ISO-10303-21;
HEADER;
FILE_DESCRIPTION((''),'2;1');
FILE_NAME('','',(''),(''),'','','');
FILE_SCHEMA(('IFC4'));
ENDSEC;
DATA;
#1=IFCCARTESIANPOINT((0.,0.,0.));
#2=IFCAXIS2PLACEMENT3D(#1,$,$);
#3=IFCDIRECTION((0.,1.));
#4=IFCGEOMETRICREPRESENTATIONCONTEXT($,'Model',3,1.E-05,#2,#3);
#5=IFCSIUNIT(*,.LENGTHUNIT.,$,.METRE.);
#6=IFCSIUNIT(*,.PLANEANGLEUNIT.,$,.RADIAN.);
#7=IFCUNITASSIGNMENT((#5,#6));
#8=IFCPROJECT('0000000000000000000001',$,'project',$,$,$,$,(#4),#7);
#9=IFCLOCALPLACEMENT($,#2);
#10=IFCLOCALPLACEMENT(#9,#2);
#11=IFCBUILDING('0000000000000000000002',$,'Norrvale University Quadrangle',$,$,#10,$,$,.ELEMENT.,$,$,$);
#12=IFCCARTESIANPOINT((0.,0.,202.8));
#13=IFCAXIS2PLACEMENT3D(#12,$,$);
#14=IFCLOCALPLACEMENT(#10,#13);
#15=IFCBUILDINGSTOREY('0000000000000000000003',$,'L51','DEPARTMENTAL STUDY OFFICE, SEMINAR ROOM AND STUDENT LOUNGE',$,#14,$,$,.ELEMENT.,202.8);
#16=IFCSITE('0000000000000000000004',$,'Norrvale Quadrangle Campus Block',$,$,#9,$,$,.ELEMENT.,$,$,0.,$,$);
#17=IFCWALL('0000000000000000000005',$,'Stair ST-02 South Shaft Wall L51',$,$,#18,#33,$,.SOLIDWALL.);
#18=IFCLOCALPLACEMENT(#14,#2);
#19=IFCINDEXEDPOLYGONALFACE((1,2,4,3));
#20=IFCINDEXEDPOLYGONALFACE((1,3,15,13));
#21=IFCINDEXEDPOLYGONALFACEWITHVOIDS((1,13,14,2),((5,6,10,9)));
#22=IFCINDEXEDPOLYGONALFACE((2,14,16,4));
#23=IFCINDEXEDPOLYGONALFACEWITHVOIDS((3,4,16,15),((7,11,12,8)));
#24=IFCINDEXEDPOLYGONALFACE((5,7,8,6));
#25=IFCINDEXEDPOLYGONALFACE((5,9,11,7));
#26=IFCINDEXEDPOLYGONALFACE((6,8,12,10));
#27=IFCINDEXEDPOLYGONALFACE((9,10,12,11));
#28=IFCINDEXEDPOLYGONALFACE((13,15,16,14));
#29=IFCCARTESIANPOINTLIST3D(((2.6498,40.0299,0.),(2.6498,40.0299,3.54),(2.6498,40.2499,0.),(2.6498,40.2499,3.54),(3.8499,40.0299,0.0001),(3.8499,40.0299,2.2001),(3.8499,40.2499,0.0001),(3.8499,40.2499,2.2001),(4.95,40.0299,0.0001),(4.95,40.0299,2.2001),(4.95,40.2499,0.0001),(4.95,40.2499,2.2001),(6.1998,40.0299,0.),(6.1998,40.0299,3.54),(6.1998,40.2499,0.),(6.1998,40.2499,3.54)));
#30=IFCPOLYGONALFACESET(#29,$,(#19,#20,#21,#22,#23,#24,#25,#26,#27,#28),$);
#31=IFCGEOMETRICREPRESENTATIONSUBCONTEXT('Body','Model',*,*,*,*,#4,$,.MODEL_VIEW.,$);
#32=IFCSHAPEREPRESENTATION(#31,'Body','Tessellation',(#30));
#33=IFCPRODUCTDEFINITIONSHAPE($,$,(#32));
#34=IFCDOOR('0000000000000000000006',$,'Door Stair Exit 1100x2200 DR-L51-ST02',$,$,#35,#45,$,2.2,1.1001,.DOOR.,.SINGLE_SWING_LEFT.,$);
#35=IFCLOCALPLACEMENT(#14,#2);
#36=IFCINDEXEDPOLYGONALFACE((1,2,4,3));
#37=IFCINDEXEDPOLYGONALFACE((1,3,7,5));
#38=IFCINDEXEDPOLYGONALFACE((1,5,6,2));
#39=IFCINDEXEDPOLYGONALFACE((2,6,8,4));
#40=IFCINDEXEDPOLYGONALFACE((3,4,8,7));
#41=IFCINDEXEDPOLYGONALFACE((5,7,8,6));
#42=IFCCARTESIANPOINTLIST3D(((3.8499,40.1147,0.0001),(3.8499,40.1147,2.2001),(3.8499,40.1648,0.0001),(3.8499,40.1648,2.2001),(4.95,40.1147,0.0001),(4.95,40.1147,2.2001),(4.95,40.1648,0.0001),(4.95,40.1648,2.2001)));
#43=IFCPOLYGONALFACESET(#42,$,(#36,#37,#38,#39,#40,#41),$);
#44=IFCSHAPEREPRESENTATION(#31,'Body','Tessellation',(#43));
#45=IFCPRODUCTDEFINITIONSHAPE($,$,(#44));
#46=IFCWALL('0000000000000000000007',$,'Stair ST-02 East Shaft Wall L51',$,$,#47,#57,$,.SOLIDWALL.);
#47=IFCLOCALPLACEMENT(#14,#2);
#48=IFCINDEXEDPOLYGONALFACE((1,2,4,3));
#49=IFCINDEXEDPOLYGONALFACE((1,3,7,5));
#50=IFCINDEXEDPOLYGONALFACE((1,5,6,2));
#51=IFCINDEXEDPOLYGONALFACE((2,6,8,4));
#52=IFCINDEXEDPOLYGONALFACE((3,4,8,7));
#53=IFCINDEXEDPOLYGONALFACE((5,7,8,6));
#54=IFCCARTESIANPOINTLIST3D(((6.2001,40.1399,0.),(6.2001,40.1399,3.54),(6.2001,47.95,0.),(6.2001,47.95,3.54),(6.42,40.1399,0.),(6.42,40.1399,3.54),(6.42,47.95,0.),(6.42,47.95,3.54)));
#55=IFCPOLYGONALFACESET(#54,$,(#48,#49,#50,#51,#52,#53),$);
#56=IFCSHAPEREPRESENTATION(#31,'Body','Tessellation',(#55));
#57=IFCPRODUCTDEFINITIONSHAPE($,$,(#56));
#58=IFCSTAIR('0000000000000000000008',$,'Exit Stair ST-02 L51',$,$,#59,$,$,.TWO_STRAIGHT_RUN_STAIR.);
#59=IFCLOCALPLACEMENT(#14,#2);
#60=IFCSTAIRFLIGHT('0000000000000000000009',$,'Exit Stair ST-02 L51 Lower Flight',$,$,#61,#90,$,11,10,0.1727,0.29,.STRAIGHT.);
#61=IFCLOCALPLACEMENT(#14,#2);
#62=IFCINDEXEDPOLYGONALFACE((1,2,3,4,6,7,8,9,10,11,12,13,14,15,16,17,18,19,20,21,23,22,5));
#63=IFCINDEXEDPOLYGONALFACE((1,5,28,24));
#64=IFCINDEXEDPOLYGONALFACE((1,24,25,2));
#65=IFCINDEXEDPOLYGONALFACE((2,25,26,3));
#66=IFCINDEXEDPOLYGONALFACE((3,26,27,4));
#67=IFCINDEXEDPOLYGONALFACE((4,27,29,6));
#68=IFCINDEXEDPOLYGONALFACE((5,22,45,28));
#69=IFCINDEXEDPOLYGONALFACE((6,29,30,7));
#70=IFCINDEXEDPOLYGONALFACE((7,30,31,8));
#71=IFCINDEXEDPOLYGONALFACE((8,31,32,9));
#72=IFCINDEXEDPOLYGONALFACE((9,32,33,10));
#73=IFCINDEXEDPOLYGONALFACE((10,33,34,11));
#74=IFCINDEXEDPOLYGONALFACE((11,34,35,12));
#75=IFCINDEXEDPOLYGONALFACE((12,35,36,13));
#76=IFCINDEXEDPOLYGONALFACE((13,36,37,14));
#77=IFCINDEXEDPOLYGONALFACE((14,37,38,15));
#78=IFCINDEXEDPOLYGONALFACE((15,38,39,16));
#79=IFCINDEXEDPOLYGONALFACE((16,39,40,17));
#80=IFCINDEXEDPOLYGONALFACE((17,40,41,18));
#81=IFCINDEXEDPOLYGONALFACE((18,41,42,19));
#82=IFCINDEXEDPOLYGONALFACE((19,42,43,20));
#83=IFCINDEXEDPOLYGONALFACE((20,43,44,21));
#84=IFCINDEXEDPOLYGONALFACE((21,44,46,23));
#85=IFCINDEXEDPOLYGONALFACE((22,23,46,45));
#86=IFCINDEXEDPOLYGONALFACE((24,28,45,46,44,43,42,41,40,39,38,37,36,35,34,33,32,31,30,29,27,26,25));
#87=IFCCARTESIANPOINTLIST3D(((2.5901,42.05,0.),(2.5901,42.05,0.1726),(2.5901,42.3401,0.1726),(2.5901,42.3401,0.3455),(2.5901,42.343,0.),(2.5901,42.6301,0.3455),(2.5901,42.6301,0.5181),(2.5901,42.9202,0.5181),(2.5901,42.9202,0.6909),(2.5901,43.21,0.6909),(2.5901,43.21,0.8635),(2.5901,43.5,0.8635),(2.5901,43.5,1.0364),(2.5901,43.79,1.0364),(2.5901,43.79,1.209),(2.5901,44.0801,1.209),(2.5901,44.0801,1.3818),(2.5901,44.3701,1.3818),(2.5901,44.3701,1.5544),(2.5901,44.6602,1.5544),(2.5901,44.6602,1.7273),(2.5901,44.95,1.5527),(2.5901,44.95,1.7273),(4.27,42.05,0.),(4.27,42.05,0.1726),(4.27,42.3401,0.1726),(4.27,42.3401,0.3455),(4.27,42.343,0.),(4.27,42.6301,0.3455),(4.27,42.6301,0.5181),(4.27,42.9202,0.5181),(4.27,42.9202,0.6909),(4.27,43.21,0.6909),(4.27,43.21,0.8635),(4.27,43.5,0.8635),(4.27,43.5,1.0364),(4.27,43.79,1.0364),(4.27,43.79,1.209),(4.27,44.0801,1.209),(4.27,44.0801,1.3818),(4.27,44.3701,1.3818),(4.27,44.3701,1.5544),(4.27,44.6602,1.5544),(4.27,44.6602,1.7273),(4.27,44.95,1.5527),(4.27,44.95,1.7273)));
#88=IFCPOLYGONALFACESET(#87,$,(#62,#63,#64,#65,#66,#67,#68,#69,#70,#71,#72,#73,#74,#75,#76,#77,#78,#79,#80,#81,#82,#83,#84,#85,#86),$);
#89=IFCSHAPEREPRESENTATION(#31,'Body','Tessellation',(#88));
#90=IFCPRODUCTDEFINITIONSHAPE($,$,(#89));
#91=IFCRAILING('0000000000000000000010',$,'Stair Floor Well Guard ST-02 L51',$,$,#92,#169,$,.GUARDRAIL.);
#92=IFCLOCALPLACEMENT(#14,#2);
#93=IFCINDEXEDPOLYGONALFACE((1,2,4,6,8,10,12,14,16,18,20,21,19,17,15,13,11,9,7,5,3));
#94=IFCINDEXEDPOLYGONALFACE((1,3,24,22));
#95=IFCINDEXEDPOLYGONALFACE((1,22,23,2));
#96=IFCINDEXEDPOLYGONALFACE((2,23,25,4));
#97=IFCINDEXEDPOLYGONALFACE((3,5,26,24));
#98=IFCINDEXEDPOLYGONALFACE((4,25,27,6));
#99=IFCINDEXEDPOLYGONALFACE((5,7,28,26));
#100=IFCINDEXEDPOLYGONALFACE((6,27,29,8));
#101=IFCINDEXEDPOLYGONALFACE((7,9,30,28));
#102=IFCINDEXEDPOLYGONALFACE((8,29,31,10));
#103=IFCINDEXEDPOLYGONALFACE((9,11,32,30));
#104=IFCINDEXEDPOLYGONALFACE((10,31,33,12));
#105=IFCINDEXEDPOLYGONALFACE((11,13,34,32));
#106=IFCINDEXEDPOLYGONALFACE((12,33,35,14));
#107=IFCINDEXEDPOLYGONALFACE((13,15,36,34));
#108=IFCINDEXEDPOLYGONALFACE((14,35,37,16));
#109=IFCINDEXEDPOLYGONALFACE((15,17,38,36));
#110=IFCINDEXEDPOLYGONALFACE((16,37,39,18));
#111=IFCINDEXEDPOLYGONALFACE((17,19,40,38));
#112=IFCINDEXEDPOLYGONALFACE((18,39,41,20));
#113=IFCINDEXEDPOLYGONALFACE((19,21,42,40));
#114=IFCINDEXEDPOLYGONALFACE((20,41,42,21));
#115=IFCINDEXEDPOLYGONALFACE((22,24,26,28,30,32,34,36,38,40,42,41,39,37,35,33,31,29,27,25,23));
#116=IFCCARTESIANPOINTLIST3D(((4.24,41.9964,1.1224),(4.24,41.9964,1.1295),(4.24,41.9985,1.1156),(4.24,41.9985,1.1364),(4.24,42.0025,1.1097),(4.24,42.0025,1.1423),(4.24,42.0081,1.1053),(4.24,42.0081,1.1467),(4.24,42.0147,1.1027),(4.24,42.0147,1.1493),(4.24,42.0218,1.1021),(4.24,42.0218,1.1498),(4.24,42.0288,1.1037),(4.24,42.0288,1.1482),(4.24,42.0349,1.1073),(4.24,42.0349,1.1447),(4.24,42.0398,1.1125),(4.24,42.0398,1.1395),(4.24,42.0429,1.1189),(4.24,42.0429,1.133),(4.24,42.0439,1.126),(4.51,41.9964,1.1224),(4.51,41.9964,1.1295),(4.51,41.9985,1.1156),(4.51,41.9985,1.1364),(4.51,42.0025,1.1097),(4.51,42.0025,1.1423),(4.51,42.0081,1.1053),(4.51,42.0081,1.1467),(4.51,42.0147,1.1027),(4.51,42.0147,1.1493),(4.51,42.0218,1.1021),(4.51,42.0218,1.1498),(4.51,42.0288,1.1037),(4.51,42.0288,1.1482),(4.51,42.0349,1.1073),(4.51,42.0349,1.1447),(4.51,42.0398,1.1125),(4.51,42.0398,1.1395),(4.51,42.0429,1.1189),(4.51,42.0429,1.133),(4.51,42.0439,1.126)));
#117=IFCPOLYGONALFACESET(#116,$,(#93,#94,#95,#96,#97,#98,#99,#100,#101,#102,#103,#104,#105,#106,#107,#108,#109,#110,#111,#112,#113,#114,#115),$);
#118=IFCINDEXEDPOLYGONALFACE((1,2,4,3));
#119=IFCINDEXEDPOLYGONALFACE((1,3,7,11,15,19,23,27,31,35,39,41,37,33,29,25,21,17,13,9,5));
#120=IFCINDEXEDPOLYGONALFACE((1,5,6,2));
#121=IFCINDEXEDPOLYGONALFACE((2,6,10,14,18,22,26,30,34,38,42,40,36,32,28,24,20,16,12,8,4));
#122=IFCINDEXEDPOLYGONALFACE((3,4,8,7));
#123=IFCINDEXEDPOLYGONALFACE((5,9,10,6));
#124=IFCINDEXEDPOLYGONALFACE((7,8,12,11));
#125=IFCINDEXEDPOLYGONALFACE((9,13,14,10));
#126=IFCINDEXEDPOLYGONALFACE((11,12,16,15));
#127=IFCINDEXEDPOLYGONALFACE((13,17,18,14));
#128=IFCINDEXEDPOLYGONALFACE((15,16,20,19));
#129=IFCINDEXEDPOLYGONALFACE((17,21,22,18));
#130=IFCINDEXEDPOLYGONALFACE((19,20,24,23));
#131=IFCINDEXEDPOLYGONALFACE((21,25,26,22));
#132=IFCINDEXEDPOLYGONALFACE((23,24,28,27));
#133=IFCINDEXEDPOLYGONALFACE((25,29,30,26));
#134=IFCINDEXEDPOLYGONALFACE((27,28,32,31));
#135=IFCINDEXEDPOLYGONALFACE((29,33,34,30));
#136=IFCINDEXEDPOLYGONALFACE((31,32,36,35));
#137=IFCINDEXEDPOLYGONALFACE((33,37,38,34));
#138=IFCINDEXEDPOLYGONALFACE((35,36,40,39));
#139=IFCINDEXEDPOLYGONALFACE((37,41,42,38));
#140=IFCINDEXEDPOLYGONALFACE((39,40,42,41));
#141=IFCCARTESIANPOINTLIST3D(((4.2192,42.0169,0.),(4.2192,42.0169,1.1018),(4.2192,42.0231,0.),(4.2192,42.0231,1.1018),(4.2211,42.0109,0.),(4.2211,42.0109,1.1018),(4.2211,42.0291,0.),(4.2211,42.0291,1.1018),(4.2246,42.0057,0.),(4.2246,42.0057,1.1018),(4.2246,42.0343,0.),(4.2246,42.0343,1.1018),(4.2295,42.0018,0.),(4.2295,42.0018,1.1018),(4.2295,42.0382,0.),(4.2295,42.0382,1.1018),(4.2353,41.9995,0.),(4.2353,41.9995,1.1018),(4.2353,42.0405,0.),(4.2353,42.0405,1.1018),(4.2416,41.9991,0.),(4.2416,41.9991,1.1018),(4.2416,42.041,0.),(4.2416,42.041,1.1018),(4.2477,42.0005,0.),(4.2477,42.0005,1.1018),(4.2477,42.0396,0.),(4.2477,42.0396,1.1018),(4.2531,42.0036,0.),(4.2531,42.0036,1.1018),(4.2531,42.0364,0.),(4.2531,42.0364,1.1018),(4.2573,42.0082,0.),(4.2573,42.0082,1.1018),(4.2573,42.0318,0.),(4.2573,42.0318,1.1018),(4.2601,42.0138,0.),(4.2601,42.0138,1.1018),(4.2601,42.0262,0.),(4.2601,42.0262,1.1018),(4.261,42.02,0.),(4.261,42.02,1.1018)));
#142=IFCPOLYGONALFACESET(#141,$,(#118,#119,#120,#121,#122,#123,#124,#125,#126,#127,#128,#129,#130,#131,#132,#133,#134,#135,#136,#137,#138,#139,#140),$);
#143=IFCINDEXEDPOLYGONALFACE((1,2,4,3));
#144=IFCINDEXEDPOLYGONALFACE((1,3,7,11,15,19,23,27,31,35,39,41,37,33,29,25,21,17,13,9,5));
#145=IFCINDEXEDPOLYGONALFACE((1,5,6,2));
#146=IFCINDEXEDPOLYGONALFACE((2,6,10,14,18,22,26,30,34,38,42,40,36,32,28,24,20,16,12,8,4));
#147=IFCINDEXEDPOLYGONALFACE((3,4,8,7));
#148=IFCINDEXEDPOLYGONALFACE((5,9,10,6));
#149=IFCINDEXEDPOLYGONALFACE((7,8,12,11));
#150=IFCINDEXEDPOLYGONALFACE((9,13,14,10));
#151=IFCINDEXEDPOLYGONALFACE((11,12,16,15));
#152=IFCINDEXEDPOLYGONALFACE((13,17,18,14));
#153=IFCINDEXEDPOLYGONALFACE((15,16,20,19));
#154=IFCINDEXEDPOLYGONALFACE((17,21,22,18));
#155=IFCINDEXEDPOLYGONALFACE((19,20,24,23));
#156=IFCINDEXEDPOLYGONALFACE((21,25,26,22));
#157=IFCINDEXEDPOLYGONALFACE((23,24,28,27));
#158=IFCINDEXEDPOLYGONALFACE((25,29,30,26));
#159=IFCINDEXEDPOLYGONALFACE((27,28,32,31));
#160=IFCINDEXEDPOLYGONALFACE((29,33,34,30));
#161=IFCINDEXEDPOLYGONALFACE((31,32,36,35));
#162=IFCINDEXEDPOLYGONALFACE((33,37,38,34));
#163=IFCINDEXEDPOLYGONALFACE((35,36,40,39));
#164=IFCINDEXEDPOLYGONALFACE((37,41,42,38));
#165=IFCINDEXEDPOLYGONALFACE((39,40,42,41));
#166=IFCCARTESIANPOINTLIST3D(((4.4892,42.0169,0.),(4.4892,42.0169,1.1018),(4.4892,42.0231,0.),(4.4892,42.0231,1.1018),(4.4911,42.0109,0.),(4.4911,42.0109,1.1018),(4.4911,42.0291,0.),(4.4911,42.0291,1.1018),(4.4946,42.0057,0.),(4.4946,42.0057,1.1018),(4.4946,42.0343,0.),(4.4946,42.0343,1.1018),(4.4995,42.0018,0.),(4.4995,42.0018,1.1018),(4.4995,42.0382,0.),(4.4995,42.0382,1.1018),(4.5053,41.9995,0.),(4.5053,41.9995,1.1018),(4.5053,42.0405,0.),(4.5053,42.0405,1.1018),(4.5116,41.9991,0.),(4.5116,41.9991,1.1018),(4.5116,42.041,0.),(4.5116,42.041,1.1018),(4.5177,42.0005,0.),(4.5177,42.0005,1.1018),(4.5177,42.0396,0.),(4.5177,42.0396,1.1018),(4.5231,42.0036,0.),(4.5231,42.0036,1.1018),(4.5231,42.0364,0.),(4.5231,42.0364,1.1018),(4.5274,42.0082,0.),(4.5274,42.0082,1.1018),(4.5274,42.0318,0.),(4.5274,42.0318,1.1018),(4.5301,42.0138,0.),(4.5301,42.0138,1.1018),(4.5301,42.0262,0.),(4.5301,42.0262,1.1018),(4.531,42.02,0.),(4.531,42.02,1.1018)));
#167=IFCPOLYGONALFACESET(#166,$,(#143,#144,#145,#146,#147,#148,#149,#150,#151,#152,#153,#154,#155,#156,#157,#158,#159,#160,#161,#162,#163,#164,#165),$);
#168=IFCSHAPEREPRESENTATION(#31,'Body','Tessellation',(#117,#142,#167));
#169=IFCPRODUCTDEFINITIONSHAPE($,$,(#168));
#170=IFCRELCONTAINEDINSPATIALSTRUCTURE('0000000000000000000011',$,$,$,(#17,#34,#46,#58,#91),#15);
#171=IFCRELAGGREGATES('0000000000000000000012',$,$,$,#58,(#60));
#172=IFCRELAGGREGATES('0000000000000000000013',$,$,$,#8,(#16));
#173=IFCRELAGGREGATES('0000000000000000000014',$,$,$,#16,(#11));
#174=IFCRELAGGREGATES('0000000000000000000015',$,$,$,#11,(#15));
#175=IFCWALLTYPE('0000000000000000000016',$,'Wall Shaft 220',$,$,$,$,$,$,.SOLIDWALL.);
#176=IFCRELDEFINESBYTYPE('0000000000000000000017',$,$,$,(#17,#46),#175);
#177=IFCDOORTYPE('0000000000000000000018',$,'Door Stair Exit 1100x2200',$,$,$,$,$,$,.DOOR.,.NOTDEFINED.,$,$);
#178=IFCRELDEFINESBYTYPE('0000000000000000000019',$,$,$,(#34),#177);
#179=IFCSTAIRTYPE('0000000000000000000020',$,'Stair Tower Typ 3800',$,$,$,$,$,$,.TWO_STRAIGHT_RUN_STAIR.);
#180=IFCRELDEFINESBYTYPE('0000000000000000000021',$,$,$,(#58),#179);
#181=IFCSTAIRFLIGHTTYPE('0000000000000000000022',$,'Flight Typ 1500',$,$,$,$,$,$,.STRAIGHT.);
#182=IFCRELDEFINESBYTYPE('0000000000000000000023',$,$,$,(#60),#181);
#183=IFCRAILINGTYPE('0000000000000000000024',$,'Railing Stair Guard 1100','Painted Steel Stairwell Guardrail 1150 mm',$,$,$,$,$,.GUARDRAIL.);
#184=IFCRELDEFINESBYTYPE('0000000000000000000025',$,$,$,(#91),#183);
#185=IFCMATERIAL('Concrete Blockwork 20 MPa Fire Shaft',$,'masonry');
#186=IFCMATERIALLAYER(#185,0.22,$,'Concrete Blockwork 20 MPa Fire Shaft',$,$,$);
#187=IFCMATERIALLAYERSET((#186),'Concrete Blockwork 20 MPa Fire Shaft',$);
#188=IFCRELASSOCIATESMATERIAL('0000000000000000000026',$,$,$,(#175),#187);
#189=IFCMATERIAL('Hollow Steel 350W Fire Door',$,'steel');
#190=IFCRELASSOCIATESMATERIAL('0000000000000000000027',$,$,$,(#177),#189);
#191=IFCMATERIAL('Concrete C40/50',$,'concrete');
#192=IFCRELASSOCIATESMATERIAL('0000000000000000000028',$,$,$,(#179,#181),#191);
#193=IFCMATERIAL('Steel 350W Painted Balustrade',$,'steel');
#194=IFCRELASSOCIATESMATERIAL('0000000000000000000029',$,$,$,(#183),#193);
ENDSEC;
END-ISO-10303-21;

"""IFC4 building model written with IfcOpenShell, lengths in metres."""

from ifc_helpers import new_model, si_unit, direction, frame, frame_2d, origin, origin_2d, place, context, subcontext, project, spatial, polyline, rectangle, circle, outline, extrude, material, layer, layer_set, type_object, element, fill, aggregate, save


model = new_model("IFC4")

# Units and contexts
model_context = context("Model", 3, precision=1e-05, world=origin(), true_north=direction((0.0, 1.0)))
body_context = subcontext(model_context, "Body", "Model", "MODEL_VIEW")
ifc_project = project(units=[si_unit("LENGTHUNIT", "METRE"), si_unit("PLANEANGLEUNIT", "RADIAN")], contexts=[model_context])

# Site, building, storey
site_placement = place(None, origin())
site = spatial("IfcSite", under=ifc_project, at=site_placement, Name="Norrvale Quadrangle Campus Block", CompositionType="ELEMENT", RefElevation=0.0)
building_placement = place(site_placement, origin())
building = spatial("IfcBuilding", under=site, at=building_placement, Name="Norrvale University Quadrangle", CompositionType="ELEMENT")
storey_placement = place(building_placement, frame((0.0, 0.0, 202.8)))
storey = spatial("IfcBuildingStorey", under=building, at=storey_placement, Name="L51", Description="DEPARTMENTAL STUDY OFFICE, SEMINAR ROOM AND STUDENT LOUNGE", CompositionType="ELEMENT", Elevation=202.8)

# Wall, opening, door
ifc_material_1 = material(Name="Concrete Blockwork 20 MPa Fire Shaft", Category="masonry")
ifc_layer_1 = layer(ifc_material_1, 0.22, Name="Concrete Blockwork 20 MPa Fire Shaft")
ifc_layer_set_1 = layer_set([ifc_layer_1], Name="Concrete Blockwork 20 MPa Fire Shaft")
wall_type_1 = type_object("IfcWallType", Name="Wall Shaft 220", PredefinedType="SOLIDWALL", material=ifc_layer_set_1)
wall_1_placement = place(storey_placement, frame((2.6499, 40.1399, 0.0), z_axis=(0.0, 0.0, 1.0), x_axis=(1.0, 0.0, 0.0)))
wall_1 = element("IfcWall", 1, at=wall_1_placement, inside=storey, type_object=wall_type_1, Name="Stair ST-02 South Shaft Wall L51", PredefinedType="SOLIDWALL", context=body_context, shape_type="SweptSolid", body=[
    extrude(rectangle(XDim=3.55, YDim=0.22, at=frame_2d((1.7749, 0.0))), origin(), (0.0, 0.0, 1.0), 3.54),
])
opening_placement = place(wall_1_placement, frame((1.2, 0.0, 0.0)))
opening = element("IfcOpeningElement", 2, at=opening_placement, cuts=wall_1, PredefinedType="OPENING", context=body_context, shape_type="SweptSolid", body=[
    extrude(rectangle(XDim=1.1001, YDim=2.2, at=frame_2d((0.55, 1.1001))), frame((0.0, 0.1221, 0.0), z_axis=(0.0, -1.0, 0.0), x_axis=(1.0, 0.0, 0.0)), (0.0, 0.0, 1.0), 0.2439),
])
ifc_material_2 = material(Name="Hollow Steel 350W Fire Door", Category="steel")
door_type = type_object("IfcDoorType", Name="Door Stair Exit 1100x2200", OperationType="NOTDEFINED", PredefinedType="DOOR", material=ifc_material_2)
door_placement = place(opening_placement, origin())
door = element("IfcDoor", 3, at=door_placement, inside=storey, type_object=door_type, Name="Door Stair Exit 1100x2200 DR-L51-ST02", OperationType="SINGLE_SWING_LEFT", OverallHeight=2.2, OverallWidth=1.1001, PredefinedType="DOOR", context=body_context, shape_type="SweptSolid", body=[
    extrude(rectangle(XDim=1.1001, YDim=2.2, at=frame_2d((0.55, 1.1001))), frame((0.0, 0.0249, 0.0), z_axis=(0.0, -1.0, 0.0), x_axis=(1.0, 0.0, 0.0)), (0.0, 0.0, 1.0), 0.05),
])
fill(opening, door)

# Wall
wall_2_placement = place(storey_placement, frame((6.3101, 40.1399, 0.0), z_axis=(0.0, 0.0, 1.0), x_axis=(0.0, 1.0, 0.0)))
element("IfcWall", 4, at=wall_2_placement, inside=storey, type_object=wall_type_1, Name="Stair ST-02 East Shaft Wall L51", PredefinedType="SOLIDWALL", context=body_context, shape_type="SweptSolid", body=[
    extrude(rectangle(XDim=7.8101, YDim=0.22, at=frame_2d((3.905, 0.0))), origin(), (0.0, 0.0, 1.0), 3.54),
])

# Stair, stair flight
ifc_material_3 = material(Name="Concrete C40/50", Category="concrete")
stair_type = type_object("IfcStairType", Name="Stair Tower Typ 3800", PredefinedType="TWO_STRAIGHT_RUN_STAIR", material=ifc_material_3)
stair_placement = place(storey_placement, origin())
stair = element("IfcStair", 5, at=stair_placement, inside=storey, type_object=stair_type, Name="Exit Stair ST-02 L51", PredefinedType="TWO_STRAIGHT_RUN_STAIR")
stair_flight_type = type_object("IfcStairFlightType", Name="Flight Typ 1500", PredefinedType="STRAIGHT", material=ifc_material_3)
stair_flight_placement = place(storey_placement, frame((3.4299, 42.05, 0.0), z_axis=(0.0, 0.0, 1.0), x_axis=(0.0, 1.0, 0.0)))
stair_flight = element("IfcStairFlight", 6, at=stair_flight_placement, type_object=stair_flight_type, Name="Exit Stair ST-02 L51 Lower Flight", NumberOfRisers=11, NumberOfTreads=10, PredefinedType="STRAIGHT", RiserHeight=0.1727, TreadLength=0.29, context=body_context, shape_type="SweptSolid", body=[
    extrude(outline(polyline([(0.0, 0.0), (0.0, 0.1726), (0.29, 0.1726), (0.29, 0.3455), (0.5801, 0.3455), (0.5801, 0.5181), (0.8701, 0.5181), (0.8701, 0.6909), (1.1599, 0.6909), (1.1599, 0.8635), (1.45, 0.8635), (1.45, 1.0364), (1.74, 1.0364), (1.74, 1.209), (2.03, 1.209), (2.03, 1.3818), (2.3201, 1.3818), (2.3201, 1.5544), (2.6101, 1.5544), (2.6101, 1.7273), (2.8999, 1.7273), (2.8999, 1.8999), (2.8999, 1.5527), (0.293, 0.0), (0.0, 0.0)])), frame((0.0, 0.8398, 0.0), z_axis=(0.0, -1.0, 0.0), x_axis=(1.0, 0.0, 0.0)), (0.0, 0.0, 1.0), 1.6799),
])
aggregate(stair, [stair_flight])

# Railing
ifc_material_4 = material(Name="Steel 350W Painted Balustrade", Category="steel")
railing_type_1 = type_object("IfcRailingType", Name="Railing Stair Guard 1100", Description="Painted Steel Stairwell Guardrail 1150 mm", PredefinedType="GUARDRAIL", material=ifc_material_4)
railing_1_placement = place(storey_placement, frame((4.24, 42.02, 0.0)))
element("IfcRailing", 7, at=railing_1_placement, inside=storey, type_object=railing_type_1, Name="Stair Floor Well Guard ST-02 L51", PredefinedType="GUARDRAIL", context=body_context, shape_type="SweptSolid", body=[
    extrude(circle(Radius=0.0239, at=origin_2d()), frame((0.0, 0.0, 1.126), z_axis=(1.0, 0.0, 0.0), x_axis=(0.0, 1.0, 0.0)), (0.0, 0.0, 1.0), 0.27),
    extrude(circle(Radius=0.021, at=origin_2d()), origin(), (0.0, 0.0, 1.0), 1.1018),
    extrude(circle(Radius=0.021, at=origin_2d()), frame((0.27, 0.0, 0.0)), (0.0, 0.0, 1.0), 1.1018),
])

save(model, "model.ifc")
